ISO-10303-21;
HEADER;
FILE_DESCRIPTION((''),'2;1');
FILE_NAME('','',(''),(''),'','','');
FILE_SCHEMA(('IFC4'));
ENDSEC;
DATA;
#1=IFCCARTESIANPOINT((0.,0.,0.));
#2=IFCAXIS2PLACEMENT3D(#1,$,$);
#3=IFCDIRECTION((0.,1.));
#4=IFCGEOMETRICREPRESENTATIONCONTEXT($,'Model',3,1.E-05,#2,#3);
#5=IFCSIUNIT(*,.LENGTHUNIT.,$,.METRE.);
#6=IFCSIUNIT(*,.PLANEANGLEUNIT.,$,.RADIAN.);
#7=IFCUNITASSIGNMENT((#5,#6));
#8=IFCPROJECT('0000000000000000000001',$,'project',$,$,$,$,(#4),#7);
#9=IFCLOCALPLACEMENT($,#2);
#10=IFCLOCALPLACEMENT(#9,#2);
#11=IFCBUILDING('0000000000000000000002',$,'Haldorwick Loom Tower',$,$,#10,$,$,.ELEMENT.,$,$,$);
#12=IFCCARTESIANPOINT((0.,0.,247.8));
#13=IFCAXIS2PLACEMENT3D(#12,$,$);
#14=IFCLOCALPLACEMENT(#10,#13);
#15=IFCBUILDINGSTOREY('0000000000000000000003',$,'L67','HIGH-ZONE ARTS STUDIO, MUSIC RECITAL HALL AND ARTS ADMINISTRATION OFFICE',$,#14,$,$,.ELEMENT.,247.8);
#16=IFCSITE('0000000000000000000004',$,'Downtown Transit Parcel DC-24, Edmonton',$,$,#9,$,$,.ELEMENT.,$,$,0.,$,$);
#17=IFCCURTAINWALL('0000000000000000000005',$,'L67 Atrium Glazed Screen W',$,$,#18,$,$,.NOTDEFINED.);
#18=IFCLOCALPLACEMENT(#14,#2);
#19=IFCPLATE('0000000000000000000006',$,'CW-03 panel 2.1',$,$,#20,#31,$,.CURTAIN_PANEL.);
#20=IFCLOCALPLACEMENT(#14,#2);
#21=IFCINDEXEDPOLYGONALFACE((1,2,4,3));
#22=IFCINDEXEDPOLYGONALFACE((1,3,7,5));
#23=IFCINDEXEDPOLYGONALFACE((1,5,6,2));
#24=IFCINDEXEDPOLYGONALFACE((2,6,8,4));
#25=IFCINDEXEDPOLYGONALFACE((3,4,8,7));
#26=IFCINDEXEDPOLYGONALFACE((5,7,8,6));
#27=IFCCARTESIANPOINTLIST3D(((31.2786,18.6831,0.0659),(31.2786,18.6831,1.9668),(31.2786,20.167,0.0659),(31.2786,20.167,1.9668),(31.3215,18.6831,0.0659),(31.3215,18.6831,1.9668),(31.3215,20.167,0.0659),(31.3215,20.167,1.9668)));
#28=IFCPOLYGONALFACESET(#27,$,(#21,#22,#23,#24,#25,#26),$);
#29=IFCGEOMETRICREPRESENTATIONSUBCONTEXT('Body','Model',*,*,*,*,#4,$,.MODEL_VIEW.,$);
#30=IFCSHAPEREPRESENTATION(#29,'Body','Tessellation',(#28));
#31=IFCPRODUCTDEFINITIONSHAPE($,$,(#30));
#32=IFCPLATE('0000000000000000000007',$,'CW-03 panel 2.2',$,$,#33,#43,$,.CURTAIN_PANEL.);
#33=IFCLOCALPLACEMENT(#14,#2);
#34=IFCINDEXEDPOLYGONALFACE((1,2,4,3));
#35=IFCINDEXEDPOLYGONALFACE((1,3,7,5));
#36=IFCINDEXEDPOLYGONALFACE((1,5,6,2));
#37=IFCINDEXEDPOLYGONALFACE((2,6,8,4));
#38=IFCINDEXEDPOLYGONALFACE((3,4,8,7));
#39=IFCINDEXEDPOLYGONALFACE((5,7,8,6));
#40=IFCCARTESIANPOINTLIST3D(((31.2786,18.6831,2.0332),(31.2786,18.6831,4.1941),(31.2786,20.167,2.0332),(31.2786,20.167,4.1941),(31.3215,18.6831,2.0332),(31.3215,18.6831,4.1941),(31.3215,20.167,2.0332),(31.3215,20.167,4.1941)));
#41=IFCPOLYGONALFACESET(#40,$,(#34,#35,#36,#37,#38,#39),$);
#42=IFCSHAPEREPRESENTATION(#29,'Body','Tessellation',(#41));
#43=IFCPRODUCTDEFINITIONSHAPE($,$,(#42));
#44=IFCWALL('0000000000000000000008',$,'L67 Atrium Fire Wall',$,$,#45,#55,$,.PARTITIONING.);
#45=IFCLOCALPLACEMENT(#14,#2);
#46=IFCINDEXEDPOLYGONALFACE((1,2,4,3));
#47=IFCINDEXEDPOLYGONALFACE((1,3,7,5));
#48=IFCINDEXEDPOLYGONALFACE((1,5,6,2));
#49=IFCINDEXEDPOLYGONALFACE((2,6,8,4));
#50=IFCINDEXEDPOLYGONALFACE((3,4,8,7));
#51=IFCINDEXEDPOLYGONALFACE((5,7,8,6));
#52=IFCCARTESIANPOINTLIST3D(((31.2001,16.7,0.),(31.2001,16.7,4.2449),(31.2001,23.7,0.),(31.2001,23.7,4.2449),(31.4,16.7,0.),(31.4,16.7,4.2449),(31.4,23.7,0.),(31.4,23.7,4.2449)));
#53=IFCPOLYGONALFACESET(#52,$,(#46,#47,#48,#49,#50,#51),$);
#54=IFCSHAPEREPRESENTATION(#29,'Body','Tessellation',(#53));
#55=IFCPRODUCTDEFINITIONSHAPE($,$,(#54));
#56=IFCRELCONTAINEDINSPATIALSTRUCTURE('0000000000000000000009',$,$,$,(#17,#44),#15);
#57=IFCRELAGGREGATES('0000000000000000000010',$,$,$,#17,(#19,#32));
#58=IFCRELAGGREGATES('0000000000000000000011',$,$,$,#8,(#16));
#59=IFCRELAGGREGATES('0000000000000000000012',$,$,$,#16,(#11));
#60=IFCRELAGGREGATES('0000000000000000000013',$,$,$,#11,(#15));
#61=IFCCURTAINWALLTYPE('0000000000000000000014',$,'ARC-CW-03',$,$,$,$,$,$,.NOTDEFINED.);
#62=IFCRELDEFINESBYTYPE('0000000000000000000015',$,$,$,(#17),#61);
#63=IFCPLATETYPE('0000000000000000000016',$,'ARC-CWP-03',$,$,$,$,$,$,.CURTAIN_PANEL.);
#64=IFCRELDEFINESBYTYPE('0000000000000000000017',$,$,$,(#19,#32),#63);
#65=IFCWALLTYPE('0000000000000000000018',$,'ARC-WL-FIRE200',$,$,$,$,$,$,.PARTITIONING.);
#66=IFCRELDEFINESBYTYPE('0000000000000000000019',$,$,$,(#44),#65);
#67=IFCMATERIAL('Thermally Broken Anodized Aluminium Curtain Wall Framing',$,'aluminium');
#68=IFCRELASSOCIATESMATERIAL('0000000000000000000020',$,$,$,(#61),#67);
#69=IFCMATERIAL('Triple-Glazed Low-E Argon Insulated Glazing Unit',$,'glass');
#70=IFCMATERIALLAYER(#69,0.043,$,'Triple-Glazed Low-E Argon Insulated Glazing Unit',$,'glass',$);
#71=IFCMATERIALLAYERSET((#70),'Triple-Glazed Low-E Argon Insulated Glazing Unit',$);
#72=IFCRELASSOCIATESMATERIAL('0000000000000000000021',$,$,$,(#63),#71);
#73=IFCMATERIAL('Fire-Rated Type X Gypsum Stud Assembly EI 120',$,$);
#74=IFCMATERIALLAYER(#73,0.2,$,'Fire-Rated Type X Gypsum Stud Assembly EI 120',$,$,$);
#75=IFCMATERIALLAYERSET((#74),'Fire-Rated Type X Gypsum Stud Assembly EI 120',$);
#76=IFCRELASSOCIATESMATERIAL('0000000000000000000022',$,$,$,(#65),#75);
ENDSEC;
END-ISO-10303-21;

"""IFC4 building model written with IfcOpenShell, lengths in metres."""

from ifc_helpers import new_model, si_unit, direction, frame, frame_2d, origin, origin_2d, place, context, subcontext, project, spatial, rectangle, extrude, material, layer, layer_set, type_object, element, aggregate, save


model = new_model("IFC4")

# Units and contexts
model_context = context("Model", 3, precision=1e-05, world=origin(), true_north=direction((0.0, 1.0)))
body_context = subcontext(model_context, "Body", "Model", "MODEL_VIEW")
ifc_project = project(units=[si_unit("LENGTHUNIT", "METRE"), si_unit("PLANEANGLEUNIT", "RADIAN")], contexts=[model_context])

# Site, building, storey
site_placement = place(None, origin())
site = spatial("IfcSite", under=ifc_project, at=site_placement, Name="Downtown Transit Parcel DC-24, Edmonton", CompositionType="ELEMENT", RefElevation=0.0)
building_placement = place(site_placement, origin())
building = spatial("IfcBuilding", under=site, at=building_placement, Name="Haldorwick Loom Tower", CompositionType="ELEMENT")
storey_placement = place(building_placement, frame((0.0, 0.0, 247.8)))
storey = spatial("IfcBuildingStorey", under=building, at=storey_placement, Name="L67", Description="HIGH-ZONE ARTS STUDIO, MUSIC RECITAL HALL AND ARTS ADMINISTRATION OFFICE", CompositionType="ELEMENT", Elevation=247.8)

# Curtain wall
ifc_material_1 = material(Name="Thermally Broken Anodized Aluminium Curtain Wall Framing", Category="aluminium")
curtain_wall_type = type_object("IfcCurtainWallType", Name="ARC-CW-03", PredefinedType="NOTDEFINED", material=ifc_material_1)
curtain_wall_1_placement = place(storey_placement, origin())
curtain_wall_1 = element("IfcCurtainWall", 1, at=curtain_wall_1_placement, inside=storey, type_object=curtain_wall_type, Name="L67 Atrium Glazed Screen W", PredefinedType="NOTDEFINED")

# Plates
ifc_material_2 = material(Name="Triple-Glazed Low-E Argon Insulated Glazing Unit", Category="glass")
ifc_layer_1 = layer(ifc_material_2, 0.043, Name="Triple-Glazed Low-E Argon Insulated Glazing Unit", Category="glass")
ifc_layer_set_1 = layer_set([ifc_layer_1], Name="Triple-Glazed Low-E Argon Insulated Glazing Unit")
plate_type = type_object("IfcPlateType", Name="ARC-CWP-03", PredefinedType="CURTAIN_PANEL", material=ifc_layer_set_1)
plate_1_placement = place(storey_placement, frame((31.3, 19.425, 0.0659), z_axis=(0.0, 0.0, 1.0), x_axis=(0.0, 1.0, 0.0)))
plate_1 = element("IfcPlate", 2, at=plate_1_placement, type_object=plate_type, Name="CW-03 panel 2.1", PredefinedType="CURTAIN_PANEL", context=body_context, shape_type="SweptSolid", body=[
    extrude(rectangle(XDim=1.4839, YDim=0.043, at=origin_2d()), origin(), (0.0, 0.0, 1.0), 1.9009),
])
plate_2_placement = place(storey_placement, frame((31.3, 19.425, 2.0332), z_axis=(0.0, 0.0, 1.0), x_axis=(0.0, 1.0, 0.0)))
plate_2 = element("IfcPlate", 3, at=plate_2_placement, type_object=plate_type, Name="CW-03 panel 2.2", PredefinedType="CURTAIN_PANEL", context=body_context, shape_type="SweptSolid", body=[
    extrude(rectangle(XDim=1.4839, YDim=0.043, at=origin_2d()), origin(), (0.0, 0.0, 1.0), 2.1609),
])
aggregate(curtain_wall_1, [plate_1, plate_2])

# Wall
ifc_material_3 = material(Name="Fire-Rated Type X Gypsum Stud Assembly EI 120")
ifc_layer_2 = layer(ifc_material_3, 0.2, Name="Fire-Rated Type X Gypsum Stud Assembly EI 120")
ifc_layer_set_2 = layer_set([ifc_layer_2], Name="Fire-Rated Type X Gypsum Stud Assembly EI 120")
wall_type = type_object("IfcWallType", Name="ARC-WL-FIRE200", PredefinedType="PARTITIONING", material=ifc_layer_set_2)
wall_placement = place(storey_placement, frame((31.3, 16.7, 0.0), z_axis=(0.0, 0.0, 1.0), x_axis=(0.0, 1.0, 0.0)))
element("IfcWall", 4, at=wall_placement, inside=storey, type_object=wall_type, Name="L67 Atrium Fire Wall", PredefinedType="PARTITIONING", context=body_context, shape_type="SweptSolid", body=[
    extrude(rectangle(XDim=7.0, YDim=0.2, at=frame_2d((3.5, 0.0))), origin(), (0.0, 0.0, 1.0), 4.2449),
])

save(model, "model.ifc")
